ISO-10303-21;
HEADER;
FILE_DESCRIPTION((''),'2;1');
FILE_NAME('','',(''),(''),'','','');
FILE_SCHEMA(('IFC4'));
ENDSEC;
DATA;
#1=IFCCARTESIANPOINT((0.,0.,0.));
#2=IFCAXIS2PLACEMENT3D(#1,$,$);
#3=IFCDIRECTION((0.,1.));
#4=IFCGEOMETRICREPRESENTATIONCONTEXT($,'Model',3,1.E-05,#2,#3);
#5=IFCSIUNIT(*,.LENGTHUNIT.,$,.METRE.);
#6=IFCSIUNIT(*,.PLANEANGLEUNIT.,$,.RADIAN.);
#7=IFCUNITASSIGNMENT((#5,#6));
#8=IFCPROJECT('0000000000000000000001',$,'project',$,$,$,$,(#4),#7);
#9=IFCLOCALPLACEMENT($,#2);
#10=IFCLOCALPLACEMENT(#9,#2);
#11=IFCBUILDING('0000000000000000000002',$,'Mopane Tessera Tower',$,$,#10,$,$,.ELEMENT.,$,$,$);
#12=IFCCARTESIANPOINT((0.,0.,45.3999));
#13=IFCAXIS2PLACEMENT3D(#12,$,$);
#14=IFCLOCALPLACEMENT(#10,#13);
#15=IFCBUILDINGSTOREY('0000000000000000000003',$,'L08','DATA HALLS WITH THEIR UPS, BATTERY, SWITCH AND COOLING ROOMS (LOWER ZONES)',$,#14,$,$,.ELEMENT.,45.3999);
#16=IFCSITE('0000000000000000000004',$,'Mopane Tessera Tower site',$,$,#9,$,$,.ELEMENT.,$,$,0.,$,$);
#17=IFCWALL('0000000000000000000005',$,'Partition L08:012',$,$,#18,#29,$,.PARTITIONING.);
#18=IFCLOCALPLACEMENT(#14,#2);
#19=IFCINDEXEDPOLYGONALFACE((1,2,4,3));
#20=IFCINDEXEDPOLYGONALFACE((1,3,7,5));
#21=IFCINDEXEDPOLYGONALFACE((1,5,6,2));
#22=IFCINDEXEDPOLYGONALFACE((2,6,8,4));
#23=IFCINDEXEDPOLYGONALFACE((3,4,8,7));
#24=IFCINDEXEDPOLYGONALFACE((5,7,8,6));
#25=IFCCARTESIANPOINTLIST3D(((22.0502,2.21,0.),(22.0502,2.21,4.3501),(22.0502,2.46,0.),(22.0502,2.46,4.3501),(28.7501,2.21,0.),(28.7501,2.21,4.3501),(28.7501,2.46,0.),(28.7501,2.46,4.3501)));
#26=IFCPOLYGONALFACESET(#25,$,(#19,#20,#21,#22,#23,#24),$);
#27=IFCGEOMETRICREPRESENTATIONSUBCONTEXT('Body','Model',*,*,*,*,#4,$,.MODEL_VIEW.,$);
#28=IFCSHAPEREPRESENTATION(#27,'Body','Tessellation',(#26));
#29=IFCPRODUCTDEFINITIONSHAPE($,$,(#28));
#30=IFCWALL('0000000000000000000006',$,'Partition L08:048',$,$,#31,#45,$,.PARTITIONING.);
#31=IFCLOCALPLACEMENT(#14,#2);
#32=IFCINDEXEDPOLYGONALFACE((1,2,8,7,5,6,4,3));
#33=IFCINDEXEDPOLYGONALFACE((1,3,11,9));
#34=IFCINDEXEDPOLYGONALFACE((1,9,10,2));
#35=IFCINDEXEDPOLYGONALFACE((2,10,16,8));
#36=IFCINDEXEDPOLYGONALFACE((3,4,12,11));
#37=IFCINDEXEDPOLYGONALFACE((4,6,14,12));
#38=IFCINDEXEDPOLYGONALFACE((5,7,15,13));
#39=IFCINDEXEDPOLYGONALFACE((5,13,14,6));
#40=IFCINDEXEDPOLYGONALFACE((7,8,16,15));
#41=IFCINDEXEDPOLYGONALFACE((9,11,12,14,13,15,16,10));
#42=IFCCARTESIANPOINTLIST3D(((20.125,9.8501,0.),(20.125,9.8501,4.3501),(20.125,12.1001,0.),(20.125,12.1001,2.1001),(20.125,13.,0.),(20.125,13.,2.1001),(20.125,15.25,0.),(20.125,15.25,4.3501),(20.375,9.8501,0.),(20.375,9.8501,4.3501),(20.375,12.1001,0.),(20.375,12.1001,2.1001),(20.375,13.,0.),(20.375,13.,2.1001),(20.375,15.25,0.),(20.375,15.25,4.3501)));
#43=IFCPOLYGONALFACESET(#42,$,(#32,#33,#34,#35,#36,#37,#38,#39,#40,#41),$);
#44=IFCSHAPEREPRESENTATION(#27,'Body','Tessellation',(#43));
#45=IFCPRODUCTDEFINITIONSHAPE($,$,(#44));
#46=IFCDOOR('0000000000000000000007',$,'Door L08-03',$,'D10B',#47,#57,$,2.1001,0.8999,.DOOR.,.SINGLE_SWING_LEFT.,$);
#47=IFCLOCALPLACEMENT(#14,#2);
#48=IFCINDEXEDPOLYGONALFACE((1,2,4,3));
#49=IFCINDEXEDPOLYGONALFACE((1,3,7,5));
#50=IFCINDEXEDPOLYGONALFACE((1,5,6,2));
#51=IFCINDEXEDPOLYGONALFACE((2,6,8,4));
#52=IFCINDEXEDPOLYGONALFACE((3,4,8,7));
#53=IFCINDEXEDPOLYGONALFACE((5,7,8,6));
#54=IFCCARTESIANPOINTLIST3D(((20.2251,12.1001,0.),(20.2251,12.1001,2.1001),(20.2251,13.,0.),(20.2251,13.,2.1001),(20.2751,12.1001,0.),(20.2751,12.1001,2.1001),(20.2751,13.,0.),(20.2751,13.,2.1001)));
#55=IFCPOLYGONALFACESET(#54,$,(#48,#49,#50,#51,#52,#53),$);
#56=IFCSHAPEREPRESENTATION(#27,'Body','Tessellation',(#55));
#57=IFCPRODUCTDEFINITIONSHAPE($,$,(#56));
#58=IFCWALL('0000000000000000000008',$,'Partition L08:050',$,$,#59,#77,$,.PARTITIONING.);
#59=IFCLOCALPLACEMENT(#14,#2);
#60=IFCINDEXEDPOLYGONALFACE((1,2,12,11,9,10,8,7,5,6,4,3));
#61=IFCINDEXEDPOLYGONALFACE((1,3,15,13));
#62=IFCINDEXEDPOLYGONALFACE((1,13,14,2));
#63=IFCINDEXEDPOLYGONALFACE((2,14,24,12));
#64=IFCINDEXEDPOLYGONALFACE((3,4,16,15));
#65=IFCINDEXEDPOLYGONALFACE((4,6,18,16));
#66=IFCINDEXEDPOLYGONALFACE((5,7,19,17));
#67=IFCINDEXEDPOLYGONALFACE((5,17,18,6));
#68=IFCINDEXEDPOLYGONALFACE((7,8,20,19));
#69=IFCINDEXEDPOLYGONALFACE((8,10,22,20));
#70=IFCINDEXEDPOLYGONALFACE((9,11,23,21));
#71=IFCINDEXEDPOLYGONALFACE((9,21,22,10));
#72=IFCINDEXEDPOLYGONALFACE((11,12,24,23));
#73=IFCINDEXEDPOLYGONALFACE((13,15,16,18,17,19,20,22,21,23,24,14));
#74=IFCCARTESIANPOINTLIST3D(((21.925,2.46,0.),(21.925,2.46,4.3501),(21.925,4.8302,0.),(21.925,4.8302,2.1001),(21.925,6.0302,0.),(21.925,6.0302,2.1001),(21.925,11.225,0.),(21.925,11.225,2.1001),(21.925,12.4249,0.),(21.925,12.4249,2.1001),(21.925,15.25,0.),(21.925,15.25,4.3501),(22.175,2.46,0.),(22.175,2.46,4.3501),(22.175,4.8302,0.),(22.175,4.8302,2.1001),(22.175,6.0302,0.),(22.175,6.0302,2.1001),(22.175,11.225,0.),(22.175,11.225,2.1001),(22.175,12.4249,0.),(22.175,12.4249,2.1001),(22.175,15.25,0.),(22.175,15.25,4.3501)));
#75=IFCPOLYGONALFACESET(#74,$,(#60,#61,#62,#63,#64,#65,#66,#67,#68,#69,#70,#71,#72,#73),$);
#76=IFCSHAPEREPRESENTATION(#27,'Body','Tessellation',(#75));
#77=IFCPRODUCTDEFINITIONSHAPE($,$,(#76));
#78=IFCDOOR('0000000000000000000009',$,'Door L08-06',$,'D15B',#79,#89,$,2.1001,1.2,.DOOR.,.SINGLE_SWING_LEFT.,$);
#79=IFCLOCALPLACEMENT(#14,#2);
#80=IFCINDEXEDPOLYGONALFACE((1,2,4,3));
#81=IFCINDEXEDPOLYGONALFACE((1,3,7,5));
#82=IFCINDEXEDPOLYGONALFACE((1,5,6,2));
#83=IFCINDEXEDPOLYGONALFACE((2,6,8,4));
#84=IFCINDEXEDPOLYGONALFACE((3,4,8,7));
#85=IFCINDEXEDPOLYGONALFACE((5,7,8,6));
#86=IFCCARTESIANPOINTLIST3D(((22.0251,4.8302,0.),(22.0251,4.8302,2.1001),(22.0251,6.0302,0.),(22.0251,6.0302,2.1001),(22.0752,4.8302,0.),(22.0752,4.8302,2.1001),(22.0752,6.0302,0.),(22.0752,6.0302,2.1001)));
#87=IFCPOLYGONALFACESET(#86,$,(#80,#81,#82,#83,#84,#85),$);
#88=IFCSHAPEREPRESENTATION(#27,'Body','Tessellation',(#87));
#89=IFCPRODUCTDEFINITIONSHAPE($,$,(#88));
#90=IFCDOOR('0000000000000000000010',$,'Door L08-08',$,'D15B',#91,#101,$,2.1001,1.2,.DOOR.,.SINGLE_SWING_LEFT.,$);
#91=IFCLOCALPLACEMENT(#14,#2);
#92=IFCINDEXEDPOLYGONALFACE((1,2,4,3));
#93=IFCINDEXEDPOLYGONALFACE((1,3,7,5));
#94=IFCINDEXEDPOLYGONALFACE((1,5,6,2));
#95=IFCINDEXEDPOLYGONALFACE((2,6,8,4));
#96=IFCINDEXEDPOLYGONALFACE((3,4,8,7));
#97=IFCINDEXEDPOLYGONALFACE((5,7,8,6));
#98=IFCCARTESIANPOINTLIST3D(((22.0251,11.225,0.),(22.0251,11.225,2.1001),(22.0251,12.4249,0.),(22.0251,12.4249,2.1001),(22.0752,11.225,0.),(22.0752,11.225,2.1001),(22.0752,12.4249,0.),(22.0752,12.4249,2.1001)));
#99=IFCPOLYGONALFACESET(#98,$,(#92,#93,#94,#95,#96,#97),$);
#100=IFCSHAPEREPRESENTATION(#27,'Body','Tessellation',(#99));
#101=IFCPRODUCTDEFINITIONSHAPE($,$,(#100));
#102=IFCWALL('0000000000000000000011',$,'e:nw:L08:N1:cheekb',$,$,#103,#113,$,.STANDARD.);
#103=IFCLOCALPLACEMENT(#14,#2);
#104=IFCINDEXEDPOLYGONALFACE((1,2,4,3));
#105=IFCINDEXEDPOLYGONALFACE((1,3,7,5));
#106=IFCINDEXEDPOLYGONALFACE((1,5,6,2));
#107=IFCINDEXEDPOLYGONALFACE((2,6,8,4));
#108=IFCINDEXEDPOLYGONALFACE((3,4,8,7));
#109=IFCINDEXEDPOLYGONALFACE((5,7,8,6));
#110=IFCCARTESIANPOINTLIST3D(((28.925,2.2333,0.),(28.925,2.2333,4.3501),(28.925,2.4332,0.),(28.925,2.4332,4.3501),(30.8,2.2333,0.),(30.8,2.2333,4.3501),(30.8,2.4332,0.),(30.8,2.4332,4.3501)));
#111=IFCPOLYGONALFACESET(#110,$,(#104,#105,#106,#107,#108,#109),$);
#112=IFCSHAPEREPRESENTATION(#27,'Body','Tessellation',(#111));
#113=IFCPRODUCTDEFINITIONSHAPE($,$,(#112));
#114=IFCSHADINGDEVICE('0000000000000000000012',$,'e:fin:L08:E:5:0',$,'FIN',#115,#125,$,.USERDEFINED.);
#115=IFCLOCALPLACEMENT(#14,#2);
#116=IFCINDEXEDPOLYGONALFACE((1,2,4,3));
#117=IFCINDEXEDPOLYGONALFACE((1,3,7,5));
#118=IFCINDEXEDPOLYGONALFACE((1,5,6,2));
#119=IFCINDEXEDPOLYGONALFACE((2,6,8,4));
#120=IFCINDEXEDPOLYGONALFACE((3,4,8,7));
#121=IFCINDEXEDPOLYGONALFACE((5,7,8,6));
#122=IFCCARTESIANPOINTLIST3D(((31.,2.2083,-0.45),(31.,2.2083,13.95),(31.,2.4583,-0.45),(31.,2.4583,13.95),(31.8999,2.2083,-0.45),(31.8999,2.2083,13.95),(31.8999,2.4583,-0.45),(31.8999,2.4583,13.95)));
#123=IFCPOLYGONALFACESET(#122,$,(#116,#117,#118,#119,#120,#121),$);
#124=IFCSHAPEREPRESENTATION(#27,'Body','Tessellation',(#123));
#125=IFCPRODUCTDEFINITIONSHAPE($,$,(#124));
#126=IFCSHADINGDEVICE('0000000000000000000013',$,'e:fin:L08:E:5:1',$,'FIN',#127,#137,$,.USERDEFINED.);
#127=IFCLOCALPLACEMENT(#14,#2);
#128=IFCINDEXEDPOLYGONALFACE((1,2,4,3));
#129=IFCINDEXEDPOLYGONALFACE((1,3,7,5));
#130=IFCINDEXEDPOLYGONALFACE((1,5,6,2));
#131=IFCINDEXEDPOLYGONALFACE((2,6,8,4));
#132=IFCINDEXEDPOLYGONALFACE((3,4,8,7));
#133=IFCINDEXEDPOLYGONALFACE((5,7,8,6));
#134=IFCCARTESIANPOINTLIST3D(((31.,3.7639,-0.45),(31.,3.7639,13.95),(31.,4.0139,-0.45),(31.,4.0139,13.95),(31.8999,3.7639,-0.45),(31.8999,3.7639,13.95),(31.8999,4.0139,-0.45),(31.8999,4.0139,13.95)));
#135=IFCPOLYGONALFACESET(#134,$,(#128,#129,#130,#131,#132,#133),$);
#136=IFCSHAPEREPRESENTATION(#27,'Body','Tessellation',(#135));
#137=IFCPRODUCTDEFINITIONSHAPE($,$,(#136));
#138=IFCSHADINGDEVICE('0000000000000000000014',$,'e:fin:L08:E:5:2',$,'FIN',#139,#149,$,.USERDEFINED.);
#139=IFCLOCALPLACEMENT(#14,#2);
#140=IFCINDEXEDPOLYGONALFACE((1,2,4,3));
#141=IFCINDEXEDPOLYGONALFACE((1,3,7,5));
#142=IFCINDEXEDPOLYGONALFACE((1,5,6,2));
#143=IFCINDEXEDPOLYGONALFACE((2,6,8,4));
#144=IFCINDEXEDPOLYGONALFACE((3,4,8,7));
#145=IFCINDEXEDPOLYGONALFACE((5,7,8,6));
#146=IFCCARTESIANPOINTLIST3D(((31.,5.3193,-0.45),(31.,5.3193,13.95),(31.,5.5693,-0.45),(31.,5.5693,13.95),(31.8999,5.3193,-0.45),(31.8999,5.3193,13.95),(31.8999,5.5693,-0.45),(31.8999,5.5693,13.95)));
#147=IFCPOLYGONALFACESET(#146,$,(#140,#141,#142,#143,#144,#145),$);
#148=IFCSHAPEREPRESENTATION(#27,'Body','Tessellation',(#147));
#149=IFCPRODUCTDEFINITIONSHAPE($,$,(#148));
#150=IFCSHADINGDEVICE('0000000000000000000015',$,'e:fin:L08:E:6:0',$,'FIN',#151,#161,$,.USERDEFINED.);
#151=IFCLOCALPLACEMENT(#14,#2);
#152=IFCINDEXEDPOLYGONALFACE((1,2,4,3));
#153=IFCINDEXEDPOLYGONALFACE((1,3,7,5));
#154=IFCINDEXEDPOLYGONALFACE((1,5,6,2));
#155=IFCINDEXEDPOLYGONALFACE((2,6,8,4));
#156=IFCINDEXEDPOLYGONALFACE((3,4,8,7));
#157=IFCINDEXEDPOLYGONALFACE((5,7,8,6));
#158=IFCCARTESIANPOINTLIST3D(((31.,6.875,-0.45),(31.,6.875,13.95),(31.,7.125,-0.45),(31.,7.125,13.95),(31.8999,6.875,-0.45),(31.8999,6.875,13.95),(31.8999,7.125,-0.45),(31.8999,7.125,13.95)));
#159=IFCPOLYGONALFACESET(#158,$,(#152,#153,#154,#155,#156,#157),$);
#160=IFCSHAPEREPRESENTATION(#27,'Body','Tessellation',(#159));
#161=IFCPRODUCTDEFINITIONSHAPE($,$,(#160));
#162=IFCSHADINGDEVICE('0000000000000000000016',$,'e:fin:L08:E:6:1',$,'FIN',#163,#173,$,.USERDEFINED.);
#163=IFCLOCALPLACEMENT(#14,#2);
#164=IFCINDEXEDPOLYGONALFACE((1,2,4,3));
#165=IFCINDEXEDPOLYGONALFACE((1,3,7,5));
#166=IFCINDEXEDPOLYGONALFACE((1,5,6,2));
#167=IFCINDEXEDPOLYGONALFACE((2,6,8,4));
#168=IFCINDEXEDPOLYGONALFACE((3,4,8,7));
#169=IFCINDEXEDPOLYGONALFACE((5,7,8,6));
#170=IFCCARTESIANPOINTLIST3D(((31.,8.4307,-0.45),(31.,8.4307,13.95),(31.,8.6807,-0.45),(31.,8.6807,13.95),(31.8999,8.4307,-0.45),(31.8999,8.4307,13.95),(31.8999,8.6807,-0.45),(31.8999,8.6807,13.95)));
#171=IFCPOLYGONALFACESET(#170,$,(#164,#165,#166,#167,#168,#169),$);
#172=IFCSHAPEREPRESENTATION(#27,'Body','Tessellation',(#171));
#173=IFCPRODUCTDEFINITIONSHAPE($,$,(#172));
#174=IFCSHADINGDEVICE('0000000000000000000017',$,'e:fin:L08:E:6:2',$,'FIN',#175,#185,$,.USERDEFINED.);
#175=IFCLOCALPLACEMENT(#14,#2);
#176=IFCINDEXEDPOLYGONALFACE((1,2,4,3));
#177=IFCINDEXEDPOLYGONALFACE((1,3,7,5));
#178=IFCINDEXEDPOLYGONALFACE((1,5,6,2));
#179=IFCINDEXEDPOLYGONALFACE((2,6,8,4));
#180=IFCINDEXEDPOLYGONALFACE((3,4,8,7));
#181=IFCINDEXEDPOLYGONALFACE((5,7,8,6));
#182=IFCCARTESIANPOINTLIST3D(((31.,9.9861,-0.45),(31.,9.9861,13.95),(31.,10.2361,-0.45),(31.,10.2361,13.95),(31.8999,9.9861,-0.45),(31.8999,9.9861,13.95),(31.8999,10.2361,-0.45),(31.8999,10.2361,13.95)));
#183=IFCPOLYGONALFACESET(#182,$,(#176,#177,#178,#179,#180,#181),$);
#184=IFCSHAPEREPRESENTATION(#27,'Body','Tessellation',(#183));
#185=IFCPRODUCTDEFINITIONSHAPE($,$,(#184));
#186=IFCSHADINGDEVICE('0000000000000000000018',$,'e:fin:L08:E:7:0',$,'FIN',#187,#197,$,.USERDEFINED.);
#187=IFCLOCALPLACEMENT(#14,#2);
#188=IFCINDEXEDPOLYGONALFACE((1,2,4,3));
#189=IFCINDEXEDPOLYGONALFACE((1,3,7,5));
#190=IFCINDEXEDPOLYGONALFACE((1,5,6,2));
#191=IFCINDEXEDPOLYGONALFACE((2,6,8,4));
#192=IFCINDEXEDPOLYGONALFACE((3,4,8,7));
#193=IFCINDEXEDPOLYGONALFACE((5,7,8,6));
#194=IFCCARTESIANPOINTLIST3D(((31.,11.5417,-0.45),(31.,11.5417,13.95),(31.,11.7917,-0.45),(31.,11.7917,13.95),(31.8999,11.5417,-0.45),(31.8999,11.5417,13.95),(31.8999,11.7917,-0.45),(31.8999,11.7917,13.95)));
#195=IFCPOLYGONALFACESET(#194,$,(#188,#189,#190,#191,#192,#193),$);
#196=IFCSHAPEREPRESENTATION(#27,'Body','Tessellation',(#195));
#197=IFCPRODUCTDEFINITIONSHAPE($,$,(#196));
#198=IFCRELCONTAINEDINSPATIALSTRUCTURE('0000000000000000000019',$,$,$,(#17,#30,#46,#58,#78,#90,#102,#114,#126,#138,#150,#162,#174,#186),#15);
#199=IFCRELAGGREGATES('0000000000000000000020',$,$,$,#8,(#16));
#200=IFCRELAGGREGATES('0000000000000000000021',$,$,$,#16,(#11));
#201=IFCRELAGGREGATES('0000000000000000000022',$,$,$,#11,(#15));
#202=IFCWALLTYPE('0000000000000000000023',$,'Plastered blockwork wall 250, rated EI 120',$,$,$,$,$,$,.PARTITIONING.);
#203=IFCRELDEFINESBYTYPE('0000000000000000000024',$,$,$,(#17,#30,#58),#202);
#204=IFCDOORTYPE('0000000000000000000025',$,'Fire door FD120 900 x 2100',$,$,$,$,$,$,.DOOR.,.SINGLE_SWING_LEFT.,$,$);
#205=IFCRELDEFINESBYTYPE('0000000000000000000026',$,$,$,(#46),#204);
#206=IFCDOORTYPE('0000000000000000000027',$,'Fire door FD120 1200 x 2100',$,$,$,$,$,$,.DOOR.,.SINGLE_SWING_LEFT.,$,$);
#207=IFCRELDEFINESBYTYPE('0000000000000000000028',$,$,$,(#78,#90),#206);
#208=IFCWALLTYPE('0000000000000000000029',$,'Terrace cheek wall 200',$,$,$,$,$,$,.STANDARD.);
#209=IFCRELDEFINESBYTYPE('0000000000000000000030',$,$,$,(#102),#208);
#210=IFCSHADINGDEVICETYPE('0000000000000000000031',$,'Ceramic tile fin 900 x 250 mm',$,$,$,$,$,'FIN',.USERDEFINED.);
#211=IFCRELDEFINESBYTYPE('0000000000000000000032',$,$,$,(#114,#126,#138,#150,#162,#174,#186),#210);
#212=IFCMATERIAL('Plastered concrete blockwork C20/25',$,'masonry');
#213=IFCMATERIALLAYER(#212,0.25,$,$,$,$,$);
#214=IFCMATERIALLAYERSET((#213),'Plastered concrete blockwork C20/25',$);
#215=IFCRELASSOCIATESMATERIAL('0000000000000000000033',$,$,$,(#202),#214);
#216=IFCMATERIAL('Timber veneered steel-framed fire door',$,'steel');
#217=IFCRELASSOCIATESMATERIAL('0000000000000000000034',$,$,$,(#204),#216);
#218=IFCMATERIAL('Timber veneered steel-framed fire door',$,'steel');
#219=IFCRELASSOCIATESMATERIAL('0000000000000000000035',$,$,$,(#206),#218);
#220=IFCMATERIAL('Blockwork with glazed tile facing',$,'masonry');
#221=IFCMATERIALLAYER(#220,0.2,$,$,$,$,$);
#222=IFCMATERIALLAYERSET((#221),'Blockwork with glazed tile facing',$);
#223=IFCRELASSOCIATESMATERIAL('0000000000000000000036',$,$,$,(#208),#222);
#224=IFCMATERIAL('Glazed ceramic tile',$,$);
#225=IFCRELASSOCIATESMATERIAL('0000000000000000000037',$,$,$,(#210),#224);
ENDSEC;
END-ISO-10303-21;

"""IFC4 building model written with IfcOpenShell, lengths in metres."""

from ifc_helpers import new_model, si_unit, direction, frame, frame_2d, origin, origin_2d, place, context, subcontext, project, spatial, rectangle, extrude, material, layer, layer_set, type_object, element, fill, save


model = new_model("IFC4")

# Units and contexts
model_context = context("Model", 3, precision=1e-05, world=origin(), true_north=direction((0.0, 1.0)))
body_context = subcontext(model_context, "Body", "Model", "MODEL_VIEW")
ifc_project = project(units=[si_unit("LENGTHUNIT", "METRE"), si_unit("PLANEANGLEUNIT", "RADIAN")], contexts=[model_context])

# Site, building, storey
site_placement = place(None, origin())
site = spatial("IfcSite", under=ifc_project, at=site_placement, Name="Mopane Tessera Tower site", CompositionType="ELEMENT", RefElevation=0.0)
building_placement = place(site_placement, origin())
building = spatial("IfcBuilding", under=site, at=building_placement, Name="Mopane Tessera Tower", CompositionType="ELEMENT")
storey_placement = place(building_placement, frame((0.0, 0.0, 45.3999)))
storey = spatial("IfcBuildingStorey", under=building, at=storey_placement, Name="L08", Description="DATA HALLS WITH THEIR UPS, BATTERY, SWITCH AND COOLING ROOMS (LOWER ZONES)", CompositionType="ELEMENT", Elevation=45.3999)

# Wall
ifc_material_1 = material(Name="Plastered concrete blockwork C20/25", Category="masonry")
ifc_layer_1 = layer(ifc_material_1, 0.25)
ifc_layer_set_1 = layer_set([ifc_layer_1], Name="Plastered concrete blockwork C20/25")
wall_type_1 = type_object("IfcWallType", Name="Plastered blockwork wall 250, rated EI 120", PredefinedType="PARTITIONING", material=ifc_layer_set_1)
wall_1_placement = place(storey_placement, frame((22.05, 2.335, 0.0), z_axis=(0.0, 0.0, 1.0), x_axis=(1.0, 0.0, 0.0)))
element("IfcWall", 1, at=wall_1_placement, inside=storey, type_object=wall_type_1, Name="Partition L08:012", PredefinedType="PARTITIONING", context=body_context, shape_type="SweptSolid", body=[
    extrude(rectangle(XDim=6.7, YDim=0.25, at=frame_2d((3.3501, 0.0))), origin(), (0.0, 0.0, 1.0), 4.3501),
])

# Wall, opening, door
wall_2_placement = place(storey_placement, frame((20.25, 9.8501, 0.0), z_axis=(0.0, 0.0, 1.0), x_axis=(0.0, 1.0, 0.0)))
wall_2 = element("IfcWall", 2, at=wall_2_placement, inside=storey, type_object=wall_type_1, Name="Partition L08:048", PredefinedType="PARTITIONING", context=body_context, shape_type="SweptSolid", body=[
    extrude(rectangle(XDim=5.3999, YDim=0.25, at=frame_2d((2.7, 0.0))), origin(), (0.0, 0.0, 1.0), 4.3501),
])
opening_1_placement = place(wall_2_placement, frame((2.25, 0.0, 0.0)))
opening_1 = element("IfcOpeningElement", 3, at=opening_1_placement, cuts=wall_2, PredefinedType="OPENING", context=body_context, shape_type="SweptSolid", body=[
    extrude(rectangle(XDim=0.8999, YDim=2.1001, at=frame_2d((0.45, 1.05))), frame((0.0, 0.137, 0.0), z_axis=(0.0, -1.0, 0.0), x_axis=(1.0, 0.0, 0.0)), (0.0, 0.0, 1.0), 0.2739),
])
ifc_material_2 = material(Name="Timber veneered steel-framed fire door", Category="steel")
door_type_1 = type_object("IfcDoorType", Name="Fire door FD120 900 x 2100", OperationType="SINGLE_SWING_LEFT", PredefinedType="DOOR", material=ifc_material_2)
door_1_placement = place(opening_1_placement, origin())
door_1 = element("IfcDoor", 4, at=door_1_placement, inside=storey, type_object=door_type_1, Name="Door L08-03", ObjectType="D10B", OperationType="SINGLE_SWING_LEFT", OverallHeight=2.1001, OverallWidth=0.8999, PredefinedType="DOOR", context=body_context, shape_type="SweptSolid", body=[
    extrude(rectangle(XDim=0.8999, YDim=2.1001, at=frame_2d((0.45, 1.05))), frame((0.0, 0.0249, 0.0), z_axis=(0.0, -1.0, 0.0), x_axis=(1.0, 0.0, 0.0)), (0.0, 0.0, 1.0), 0.05),
])
fill(opening_1, door_1)

# Wall, openings, doors
wall_3_placement = place(storey_placement, frame((22.05, 2.46, 0.0), z_axis=(0.0, 0.0, 1.0), x_axis=(0.0, 1.0, 0.0)))
wall_3 = element("IfcWall", 5, at=wall_3_placement, inside=storey, type_object=wall_type_1, Name="Partition L08:050", PredefinedType="PARTITIONING", context=body_context, shape_type="SweptSolid", body=[
    extrude(rectangle(XDim=12.79, YDim=0.25, at=frame_2d((6.395, 0.0))), origin(), (0.0, 0.0, 1.0), 4.3501),
])
opening_2_placement = place(wall_3_placement, frame((2.3701, 0.0, 0.0)))
opening_2 = element("IfcOpeningElement", 6, at=opening_2_placement, cuts=wall_3, PredefinedType="OPENING", context=body_context, shape_type="SweptSolid", body=[
    extrude(rectangle(XDim=1.2, YDim=2.1001, at=frame_2d((0.6001, 1.05))), frame((0.0, 0.137, 0.0), z_axis=(0.0, -1.0, 0.0), x_axis=(1.0, 0.0, 0.0)), (0.0, 0.0, 1.0), 0.2739),
])
opening_3_placement = place(wall_3_placement, frame((8.7649, 0.0, 0.0)))
opening_3 = element("IfcOpeningElement", 7, at=opening_3_placement, cuts=wall_3, PredefinedType="OPENING", context=body_context, shape_type="SweptSolid", body=[
    extrude(rectangle(XDim=1.2, YDim=2.1001, at=frame_2d((0.6001, 1.05))), frame((0.0, 0.137, 0.0), z_axis=(0.0, -1.0, 0.0), x_axis=(1.0, 0.0, 0.0)), (0.0, 0.0, 1.0), 0.2739),
])
ifc_material_3 = material(Name="Timber veneered steel-framed fire door", Category="steel")
door_type_2 = type_object("IfcDoorType", Name="Fire door FD120 1200 x 2100", OperationType="SINGLE_SWING_LEFT", PredefinedType="DOOR", material=ifc_material_3)
door_2_placement = place(opening_2_placement, origin())
door_2 = element("IfcDoor", 8, at=door_2_placement, inside=storey, type_object=door_type_2, Name="Door L08-06", ObjectType="D15B", OperationType="SINGLE_SWING_LEFT", OverallHeight=2.1001, OverallWidth=1.2, PredefinedType="DOOR", context=body_context, shape_type="SweptSolid", body=[
    extrude(rectangle(XDim=1.2, YDim=2.1001, at=frame_2d((0.6001, 1.05))), frame((0.0, 0.0249, 0.0), z_axis=(0.0, -1.0, 0.0), x_axis=(1.0, 0.0, 0.0)), (0.0, 0.0, 1.0), 0.05),
])
fill(opening_2, door_2)
door_3_placement = place(opening_3_placement, origin())
door_3 = element("IfcDoor", 9, at=door_3_placement, inside=storey, type_object=door_type_2, Name="Door L08-08", ObjectType="D15B", OperationType="SINGLE_SWING_LEFT", OverallHeight=2.1001, OverallWidth=1.2, PredefinedType="DOOR", context=body_context, shape_type="SweptSolid", body=[
    extrude(rectangle(XDim=1.2, YDim=2.1001, at=frame_2d((0.6001, 1.05))), frame((0.0, 0.0249, 0.0), z_axis=(0.0, -1.0, 0.0), x_axis=(1.0, 0.0, 0.0)), (0.0, 0.0, 1.0), 0.05),
])
fill(opening_3, door_3)

# Wall
ifc_material_4 = material(Name="Blockwork with glazed tile facing", Category="masonry")
ifc_layer_2 = layer(ifc_material_4, 0.2)
ifc_layer_set_2 = layer_set([ifc_layer_2], Name="Blockwork with glazed tile facing")
wall_type_2 = type_object("IfcWallType", Name="Terrace cheek wall 200", PredefinedType="STANDARD", material=ifc_layer_set_2)
wall_4_placement = place(storey_placement, frame((30.8, 2.3333, 0.0), z_axis=(0.0, 0.0, 1.0), x_axis=(-1.0, 0.0, 0.0)))
element("IfcWall", 10, at=wall_4_placement, inside=storey, type_object=wall_type_2, Name="e:nw:L08:N1:cheekb", PredefinedType="STANDARD", context=body_context, shape_type="SweptSolid", body=[
    extrude(rectangle(XDim=1.875, YDim=0.2, at=frame_2d((0.9375, 0.0))), origin(), (0.0, 0.0, 1.0), 4.3501),
])

# Shading devices
ifc_material_5 = material(Name="Glazed ceramic tile")
shading_device_type = type_object("IfcShadingDeviceType", Name="Ceramic tile fin 900 x 250 mm", ElementType="FIN", PredefinedType="USERDEFINED", material=ifc_material_5)
for number, where, z_axis, x_axis, name in (
    (11, (31.45, 2.3333, -0.45), (0.0, 0.0, 1.0), (0.0, 1.0, 0.0), "e:fin:L08:E:5:0"),
    (12, (31.45, 3.8889, -0.45), (0.0, 0.0, 1.0), (0.0, 1.0, 0.0), "e:fin:L08:E:5:1"),
    (13, (31.45, 5.4443, -0.45), (0.0, 0.0, 1.0), (0.0, 1.0, 0.0), "e:fin:L08:E:5:2"),
    (14, (31.45, 7.0, -0.45), (0.0, 0.0, 1.0), (0.0, 1.0, 0.0), "e:fin:L08:E:6:0"),
    (15, (31.45, 8.5557, -0.45), (0.0, 0.0, 1.0), (0.0, 1.0, 0.0), "e:fin:L08:E:6:1"),
    (16, (31.45, 10.1111, -0.45), (0.0, 0.0, 1.0), (0.0, 1.0, 0.0), "e:fin:L08:E:6:2"),
    (17, (31.45, 11.6667, -0.45), (0.0, 0.0, 1.0), (0.0, 1.0, 0.0), "e:fin:L08:E:7:0"),
):
    element("IfcShadingDevice", number, at=place(storey_placement, frame(where, z_axis=z_axis, x_axis=x_axis)), inside=storey, type_object=shading_device_type, Name=name, ObjectType="FIN", PredefinedType="USERDEFINED", context=body_context, shape_type="SweptSolid", body=[
        extrude(rectangle(XDim=0.25, YDim=0.8999, at=origin_2d()), origin(), (0.0, 0.0, 1.0), 14.3999),
    ])

save(model, "model.ifc")
